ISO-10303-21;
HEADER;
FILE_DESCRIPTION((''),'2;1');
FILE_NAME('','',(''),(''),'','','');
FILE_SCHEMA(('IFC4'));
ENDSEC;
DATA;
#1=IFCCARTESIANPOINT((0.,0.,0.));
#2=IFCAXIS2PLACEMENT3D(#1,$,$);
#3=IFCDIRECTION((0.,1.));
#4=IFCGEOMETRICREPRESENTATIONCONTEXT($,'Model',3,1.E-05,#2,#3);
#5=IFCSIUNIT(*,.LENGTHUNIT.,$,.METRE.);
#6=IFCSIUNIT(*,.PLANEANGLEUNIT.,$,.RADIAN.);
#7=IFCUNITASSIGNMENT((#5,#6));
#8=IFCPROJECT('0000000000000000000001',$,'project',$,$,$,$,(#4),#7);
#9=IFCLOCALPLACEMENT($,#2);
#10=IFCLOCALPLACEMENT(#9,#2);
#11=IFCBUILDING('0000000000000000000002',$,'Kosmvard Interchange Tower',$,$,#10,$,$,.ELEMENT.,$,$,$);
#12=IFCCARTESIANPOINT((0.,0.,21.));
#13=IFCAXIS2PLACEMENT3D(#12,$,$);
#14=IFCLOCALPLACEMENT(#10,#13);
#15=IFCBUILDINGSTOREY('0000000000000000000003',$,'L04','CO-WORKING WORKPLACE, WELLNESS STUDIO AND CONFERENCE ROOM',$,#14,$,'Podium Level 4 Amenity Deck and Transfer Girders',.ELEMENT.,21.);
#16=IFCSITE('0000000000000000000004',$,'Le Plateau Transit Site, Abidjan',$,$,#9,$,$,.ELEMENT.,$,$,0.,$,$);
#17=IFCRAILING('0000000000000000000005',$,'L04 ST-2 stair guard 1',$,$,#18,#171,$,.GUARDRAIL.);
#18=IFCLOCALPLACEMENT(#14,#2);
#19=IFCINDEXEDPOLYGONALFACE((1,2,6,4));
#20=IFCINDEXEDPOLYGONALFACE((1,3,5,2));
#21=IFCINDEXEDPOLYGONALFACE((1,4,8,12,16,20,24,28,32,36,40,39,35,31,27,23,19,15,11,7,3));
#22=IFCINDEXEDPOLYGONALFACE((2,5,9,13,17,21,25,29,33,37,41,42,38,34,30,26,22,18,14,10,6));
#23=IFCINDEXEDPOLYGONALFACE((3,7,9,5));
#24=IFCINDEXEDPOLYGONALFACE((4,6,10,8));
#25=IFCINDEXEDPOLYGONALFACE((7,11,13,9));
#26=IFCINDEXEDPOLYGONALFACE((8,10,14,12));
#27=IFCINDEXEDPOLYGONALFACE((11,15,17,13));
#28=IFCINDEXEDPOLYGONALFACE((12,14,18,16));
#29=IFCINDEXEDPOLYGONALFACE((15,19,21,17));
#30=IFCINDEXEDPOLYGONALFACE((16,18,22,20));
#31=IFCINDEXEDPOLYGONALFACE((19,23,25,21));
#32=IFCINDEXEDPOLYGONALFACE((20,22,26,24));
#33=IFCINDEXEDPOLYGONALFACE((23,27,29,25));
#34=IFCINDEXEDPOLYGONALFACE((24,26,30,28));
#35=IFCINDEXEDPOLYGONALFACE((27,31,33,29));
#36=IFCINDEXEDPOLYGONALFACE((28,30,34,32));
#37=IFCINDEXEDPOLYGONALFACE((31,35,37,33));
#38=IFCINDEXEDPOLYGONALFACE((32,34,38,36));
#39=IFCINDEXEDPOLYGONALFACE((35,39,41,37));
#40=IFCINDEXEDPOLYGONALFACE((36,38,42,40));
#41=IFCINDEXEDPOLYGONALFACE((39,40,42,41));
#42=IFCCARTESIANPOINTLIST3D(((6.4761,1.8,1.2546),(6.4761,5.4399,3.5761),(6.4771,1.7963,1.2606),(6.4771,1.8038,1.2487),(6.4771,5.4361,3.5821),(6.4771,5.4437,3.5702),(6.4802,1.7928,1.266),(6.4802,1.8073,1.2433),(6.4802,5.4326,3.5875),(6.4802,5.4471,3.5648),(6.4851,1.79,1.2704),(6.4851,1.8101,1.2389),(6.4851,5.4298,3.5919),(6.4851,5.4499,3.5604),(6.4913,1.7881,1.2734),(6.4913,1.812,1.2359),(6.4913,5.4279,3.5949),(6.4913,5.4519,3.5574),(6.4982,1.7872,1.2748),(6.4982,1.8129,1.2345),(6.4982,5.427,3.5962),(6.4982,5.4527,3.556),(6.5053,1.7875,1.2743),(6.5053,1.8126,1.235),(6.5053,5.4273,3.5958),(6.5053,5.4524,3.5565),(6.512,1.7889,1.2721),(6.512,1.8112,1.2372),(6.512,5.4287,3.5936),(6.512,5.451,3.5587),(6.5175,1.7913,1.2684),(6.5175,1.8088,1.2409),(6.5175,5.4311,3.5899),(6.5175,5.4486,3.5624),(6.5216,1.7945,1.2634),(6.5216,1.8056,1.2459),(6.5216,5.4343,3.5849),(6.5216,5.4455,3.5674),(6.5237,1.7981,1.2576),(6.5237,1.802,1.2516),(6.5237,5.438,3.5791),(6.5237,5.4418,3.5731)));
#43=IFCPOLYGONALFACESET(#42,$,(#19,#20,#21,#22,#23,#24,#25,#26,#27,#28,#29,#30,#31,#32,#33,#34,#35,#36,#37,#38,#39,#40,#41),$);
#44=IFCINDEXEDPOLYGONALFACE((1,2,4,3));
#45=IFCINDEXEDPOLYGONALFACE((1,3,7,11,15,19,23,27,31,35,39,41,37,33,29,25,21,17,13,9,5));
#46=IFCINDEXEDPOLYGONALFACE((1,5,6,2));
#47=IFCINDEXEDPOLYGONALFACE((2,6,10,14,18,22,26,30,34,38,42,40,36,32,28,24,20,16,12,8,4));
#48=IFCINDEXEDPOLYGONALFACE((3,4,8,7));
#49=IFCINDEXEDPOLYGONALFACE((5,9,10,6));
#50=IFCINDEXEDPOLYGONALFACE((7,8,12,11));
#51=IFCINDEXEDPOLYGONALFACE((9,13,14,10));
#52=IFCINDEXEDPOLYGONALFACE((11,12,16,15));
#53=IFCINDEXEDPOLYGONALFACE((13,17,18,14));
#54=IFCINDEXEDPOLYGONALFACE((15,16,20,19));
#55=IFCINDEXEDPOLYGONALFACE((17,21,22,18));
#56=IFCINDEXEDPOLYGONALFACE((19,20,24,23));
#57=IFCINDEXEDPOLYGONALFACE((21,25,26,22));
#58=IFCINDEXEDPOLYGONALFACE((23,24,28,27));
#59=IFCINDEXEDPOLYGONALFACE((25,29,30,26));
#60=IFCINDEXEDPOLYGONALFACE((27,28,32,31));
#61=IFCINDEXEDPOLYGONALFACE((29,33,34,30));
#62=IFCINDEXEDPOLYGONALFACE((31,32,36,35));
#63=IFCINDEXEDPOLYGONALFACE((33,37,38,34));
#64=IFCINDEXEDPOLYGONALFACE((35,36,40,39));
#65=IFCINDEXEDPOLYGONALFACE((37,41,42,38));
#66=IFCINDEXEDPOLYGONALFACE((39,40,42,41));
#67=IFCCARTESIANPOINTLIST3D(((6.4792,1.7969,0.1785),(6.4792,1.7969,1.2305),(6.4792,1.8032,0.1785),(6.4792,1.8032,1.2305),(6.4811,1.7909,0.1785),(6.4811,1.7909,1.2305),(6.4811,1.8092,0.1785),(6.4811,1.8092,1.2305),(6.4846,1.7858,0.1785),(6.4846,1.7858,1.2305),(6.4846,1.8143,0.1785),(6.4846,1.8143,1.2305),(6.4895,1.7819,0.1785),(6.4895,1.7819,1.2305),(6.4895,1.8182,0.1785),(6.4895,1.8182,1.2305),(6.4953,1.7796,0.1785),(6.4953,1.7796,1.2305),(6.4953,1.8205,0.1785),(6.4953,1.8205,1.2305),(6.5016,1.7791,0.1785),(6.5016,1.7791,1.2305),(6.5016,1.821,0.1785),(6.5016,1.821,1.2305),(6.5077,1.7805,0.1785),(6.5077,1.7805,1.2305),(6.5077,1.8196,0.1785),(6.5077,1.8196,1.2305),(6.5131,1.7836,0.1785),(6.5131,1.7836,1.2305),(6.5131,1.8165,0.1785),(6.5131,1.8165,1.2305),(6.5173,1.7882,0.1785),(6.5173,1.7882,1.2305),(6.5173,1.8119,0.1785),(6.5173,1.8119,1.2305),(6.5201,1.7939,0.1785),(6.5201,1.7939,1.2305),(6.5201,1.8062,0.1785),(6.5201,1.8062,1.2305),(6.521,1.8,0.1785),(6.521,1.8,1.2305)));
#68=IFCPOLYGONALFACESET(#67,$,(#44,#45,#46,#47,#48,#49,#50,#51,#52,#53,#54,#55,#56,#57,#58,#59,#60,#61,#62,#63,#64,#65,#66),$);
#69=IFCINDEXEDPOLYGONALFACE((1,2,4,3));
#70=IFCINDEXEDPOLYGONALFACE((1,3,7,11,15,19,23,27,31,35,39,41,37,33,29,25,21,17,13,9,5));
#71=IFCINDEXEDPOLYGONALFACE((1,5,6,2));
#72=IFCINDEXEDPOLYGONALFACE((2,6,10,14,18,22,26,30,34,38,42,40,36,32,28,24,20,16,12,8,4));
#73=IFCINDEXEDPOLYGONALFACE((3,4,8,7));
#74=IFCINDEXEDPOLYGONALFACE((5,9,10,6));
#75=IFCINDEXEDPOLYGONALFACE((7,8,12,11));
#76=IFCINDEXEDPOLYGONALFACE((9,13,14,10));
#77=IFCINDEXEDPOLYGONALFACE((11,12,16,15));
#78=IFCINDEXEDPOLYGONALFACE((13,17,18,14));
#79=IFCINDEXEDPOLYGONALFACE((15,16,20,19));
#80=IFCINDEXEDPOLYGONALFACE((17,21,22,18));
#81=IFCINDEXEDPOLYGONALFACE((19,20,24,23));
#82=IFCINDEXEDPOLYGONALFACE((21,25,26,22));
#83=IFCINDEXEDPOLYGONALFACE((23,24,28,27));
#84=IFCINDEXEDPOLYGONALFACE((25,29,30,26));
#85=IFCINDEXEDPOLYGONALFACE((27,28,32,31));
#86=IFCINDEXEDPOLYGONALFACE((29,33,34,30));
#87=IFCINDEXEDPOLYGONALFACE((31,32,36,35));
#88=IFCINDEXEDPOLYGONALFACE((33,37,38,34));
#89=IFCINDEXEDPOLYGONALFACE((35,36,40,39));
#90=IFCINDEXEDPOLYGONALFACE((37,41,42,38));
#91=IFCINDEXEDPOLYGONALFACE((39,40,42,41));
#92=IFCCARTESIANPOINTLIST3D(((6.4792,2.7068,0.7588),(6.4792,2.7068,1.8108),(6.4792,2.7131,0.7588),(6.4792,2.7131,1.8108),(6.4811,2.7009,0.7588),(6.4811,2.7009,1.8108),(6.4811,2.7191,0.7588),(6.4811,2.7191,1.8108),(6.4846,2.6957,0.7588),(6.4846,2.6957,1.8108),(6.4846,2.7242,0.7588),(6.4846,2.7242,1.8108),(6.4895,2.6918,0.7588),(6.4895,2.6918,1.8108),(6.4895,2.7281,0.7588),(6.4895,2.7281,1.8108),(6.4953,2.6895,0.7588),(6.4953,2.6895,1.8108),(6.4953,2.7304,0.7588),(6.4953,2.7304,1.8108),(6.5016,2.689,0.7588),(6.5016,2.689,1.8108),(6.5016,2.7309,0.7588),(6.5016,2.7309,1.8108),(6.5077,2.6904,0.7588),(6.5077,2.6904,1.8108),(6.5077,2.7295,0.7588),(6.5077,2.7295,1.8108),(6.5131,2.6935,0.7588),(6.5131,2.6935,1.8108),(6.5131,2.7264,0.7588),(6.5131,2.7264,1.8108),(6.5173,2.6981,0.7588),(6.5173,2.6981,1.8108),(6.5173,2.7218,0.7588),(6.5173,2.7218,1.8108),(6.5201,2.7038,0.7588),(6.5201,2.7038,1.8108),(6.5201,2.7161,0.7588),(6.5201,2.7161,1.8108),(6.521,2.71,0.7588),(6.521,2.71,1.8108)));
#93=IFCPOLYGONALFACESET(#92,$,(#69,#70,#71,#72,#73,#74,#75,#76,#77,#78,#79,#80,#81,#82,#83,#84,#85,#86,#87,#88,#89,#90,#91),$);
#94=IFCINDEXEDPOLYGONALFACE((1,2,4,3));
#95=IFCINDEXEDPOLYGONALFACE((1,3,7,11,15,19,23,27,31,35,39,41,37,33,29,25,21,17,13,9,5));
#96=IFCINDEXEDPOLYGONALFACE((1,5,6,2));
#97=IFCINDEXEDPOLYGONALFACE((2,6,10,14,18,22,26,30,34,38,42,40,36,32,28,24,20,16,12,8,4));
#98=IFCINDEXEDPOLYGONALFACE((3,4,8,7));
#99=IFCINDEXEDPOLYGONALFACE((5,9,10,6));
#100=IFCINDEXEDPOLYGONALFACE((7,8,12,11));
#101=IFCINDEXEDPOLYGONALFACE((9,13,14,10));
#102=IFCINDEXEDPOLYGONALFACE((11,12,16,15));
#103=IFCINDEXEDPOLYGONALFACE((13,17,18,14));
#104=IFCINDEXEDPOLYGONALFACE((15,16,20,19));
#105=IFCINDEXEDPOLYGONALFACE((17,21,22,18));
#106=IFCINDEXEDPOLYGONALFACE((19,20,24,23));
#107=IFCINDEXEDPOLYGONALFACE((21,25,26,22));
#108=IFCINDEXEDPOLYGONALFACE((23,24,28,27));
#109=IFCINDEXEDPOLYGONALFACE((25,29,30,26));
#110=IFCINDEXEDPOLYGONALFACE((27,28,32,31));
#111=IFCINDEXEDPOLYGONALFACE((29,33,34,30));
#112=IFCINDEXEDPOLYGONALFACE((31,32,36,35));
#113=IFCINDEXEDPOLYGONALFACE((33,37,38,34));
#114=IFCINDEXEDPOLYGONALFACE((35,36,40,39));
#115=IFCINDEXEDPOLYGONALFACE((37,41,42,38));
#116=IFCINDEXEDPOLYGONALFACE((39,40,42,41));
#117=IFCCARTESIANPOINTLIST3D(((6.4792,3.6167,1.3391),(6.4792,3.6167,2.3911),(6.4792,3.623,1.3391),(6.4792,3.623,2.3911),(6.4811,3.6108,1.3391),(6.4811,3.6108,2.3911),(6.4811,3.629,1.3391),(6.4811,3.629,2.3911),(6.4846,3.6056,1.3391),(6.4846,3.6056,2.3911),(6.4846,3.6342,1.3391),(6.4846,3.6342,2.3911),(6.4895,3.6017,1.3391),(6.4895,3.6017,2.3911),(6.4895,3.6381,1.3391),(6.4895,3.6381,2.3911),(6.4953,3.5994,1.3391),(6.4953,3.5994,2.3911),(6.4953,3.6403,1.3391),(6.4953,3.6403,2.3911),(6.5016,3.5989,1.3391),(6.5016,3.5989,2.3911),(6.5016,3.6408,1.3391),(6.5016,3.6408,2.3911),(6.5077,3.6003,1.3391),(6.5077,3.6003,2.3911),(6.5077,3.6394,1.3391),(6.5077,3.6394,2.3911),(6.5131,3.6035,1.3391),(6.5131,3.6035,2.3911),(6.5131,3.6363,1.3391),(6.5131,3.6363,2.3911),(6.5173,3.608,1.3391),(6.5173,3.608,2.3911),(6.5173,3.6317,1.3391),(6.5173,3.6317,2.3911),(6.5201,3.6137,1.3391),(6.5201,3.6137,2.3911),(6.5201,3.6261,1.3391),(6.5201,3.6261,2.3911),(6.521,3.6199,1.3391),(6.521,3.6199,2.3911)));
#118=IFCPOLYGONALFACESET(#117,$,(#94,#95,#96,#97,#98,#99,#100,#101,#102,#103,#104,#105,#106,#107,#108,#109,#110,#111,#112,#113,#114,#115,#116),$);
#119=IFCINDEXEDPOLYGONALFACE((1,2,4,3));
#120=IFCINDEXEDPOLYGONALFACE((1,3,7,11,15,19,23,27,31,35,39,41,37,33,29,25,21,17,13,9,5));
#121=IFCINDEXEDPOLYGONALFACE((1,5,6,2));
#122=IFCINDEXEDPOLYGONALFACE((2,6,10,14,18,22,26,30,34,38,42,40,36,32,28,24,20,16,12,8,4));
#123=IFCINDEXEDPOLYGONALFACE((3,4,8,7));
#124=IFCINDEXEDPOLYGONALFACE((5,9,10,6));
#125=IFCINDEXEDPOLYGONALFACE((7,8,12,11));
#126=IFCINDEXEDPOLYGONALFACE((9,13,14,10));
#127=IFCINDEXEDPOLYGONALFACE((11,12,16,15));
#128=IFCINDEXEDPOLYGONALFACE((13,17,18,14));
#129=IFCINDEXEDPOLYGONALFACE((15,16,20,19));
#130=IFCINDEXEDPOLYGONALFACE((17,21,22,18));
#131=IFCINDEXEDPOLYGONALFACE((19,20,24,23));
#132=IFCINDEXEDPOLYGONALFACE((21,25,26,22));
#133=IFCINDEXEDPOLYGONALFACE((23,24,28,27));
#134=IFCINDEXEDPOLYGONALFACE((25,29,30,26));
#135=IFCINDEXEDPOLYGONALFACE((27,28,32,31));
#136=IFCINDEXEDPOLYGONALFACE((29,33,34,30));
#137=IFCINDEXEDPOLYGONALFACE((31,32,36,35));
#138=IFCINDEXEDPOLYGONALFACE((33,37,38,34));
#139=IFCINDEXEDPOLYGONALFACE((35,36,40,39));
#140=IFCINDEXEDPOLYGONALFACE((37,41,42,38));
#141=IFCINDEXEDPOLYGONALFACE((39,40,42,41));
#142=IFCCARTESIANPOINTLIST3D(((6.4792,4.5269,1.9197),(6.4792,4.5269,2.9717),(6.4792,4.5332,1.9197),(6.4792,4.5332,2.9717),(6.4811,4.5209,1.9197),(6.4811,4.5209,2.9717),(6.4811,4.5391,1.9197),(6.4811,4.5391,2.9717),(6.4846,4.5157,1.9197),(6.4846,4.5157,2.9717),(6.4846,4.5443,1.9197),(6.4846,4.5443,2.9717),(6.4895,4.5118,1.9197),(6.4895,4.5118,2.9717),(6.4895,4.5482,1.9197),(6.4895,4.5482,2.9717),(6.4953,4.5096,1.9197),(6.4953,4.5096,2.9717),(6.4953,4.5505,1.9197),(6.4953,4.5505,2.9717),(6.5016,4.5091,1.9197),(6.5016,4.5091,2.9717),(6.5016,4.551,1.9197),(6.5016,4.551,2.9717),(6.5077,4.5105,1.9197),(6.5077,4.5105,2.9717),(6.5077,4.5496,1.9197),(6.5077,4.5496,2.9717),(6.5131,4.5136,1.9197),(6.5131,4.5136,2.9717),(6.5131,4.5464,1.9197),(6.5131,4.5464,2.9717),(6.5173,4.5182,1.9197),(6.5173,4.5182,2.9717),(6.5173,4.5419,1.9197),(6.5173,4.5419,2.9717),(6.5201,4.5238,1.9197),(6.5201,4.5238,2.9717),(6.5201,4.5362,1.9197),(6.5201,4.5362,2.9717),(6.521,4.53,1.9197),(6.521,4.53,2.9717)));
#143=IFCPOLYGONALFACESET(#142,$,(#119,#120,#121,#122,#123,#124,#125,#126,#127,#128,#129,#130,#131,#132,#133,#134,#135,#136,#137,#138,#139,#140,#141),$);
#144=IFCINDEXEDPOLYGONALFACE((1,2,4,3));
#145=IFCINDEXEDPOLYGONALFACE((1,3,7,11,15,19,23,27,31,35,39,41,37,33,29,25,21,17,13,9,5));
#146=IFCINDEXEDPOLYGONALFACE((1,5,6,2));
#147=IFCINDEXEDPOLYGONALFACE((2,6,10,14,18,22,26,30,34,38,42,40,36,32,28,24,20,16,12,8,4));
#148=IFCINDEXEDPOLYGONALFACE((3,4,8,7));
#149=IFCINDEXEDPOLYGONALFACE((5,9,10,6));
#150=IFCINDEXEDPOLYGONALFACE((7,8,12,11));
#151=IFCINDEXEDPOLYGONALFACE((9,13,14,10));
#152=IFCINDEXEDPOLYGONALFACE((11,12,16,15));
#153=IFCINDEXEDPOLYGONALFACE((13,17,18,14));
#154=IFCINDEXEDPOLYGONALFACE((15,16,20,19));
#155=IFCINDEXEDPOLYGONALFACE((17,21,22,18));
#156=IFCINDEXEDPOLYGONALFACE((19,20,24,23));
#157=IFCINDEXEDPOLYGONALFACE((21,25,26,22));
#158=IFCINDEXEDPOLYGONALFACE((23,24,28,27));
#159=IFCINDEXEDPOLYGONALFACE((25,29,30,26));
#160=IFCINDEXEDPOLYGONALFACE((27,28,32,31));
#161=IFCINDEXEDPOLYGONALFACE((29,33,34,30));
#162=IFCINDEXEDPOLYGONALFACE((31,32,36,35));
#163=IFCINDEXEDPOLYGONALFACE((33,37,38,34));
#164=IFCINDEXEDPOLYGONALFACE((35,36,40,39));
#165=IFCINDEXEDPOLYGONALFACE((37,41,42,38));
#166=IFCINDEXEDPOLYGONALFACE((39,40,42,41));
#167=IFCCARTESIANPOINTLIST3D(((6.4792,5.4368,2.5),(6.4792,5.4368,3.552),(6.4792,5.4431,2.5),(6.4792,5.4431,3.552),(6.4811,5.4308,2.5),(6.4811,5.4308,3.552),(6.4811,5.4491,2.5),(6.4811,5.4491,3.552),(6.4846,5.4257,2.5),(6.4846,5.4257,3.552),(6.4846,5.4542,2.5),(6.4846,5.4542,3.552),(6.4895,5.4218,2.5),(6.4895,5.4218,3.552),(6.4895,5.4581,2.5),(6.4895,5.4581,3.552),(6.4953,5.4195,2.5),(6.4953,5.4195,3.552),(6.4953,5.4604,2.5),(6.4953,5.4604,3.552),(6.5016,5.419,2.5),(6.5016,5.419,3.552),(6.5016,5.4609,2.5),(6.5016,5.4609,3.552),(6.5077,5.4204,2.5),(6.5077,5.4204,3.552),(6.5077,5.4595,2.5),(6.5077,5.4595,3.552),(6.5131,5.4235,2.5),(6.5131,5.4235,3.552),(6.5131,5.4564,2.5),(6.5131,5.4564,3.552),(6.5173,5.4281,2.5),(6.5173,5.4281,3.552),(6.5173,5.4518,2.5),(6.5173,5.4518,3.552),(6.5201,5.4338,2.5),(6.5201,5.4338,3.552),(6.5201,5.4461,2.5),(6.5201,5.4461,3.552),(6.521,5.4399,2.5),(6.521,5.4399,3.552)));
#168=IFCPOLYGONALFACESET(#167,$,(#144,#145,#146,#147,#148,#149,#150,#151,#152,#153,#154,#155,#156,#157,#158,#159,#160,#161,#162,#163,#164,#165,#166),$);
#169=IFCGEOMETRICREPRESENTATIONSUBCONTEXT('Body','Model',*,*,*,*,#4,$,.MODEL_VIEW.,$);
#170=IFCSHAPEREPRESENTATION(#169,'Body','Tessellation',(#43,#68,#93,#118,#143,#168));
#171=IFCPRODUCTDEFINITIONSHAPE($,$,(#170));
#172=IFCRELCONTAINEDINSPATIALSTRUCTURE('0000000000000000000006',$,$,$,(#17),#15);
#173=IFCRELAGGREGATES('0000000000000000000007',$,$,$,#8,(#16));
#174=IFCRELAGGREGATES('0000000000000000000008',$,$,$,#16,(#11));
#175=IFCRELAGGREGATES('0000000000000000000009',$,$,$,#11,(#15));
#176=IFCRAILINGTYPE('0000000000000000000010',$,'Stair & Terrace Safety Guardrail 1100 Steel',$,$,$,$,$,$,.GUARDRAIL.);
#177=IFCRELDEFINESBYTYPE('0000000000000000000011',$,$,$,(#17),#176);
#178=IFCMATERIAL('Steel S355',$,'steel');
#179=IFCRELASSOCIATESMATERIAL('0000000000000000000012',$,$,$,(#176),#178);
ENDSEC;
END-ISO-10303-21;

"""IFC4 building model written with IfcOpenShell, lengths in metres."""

from ifc_helpers import new_model, si_unit, direction, frame, origin, origin_2d, place, context, subcontext, project, spatial, circle, extrude, source, transform, mapped, material, type_object, element, save


model = new_model("IFC4")

# Units and contexts
model_context = context("Model", 3, precision=1e-05, world=origin(), true_north=direction((0.0, 1.0)))
body_context = subcontext(model_context, "Body", "Model", "MODEL_VIEW")
ifc_project = project(units=[si_unit("LENGTHUNIT", "METRE"), si_unit("PLANEANGLEUNIT", "RADIAN")], contexts=[model_context])

# Site, building, storey
site_placement = place(None, origin())
site = spatial("IfcSite", under=ifc_project, at=site_placement, Name="Le Plateau Transit Site, Abidjan", CompositionType="ELEMENT", RefElevation=0.0)
building_placement = place(site_placement, origin())
building = spatial("IfcBuilding", under=site, at=building_placement, Name="Kosmvard Interchange Tower", CompositionType="ELEMENT")
storey_placement = place(building_placement, frame((0.0, 0.0, 21.0)))
storey = spatial("IfcBuildingStorey", under=building, at=storey_placement, Name="L04", Description="CO-WORKING WORKPLACE, WELLNESS STUDIO AND CONFERENCE ROOM", LongName="Podium Level 4 Amenity Deck and Transfer Girders", CompositionType="ELEMENT", Elevation=21.0)

# Shared definitions
ifc_material_1 = material(Name="Steel S355", Category="steel")

# Railing
railing_type_1 = type_object("IfcRailingType", Name="Stair & Terrace Safety Guardrail 1100 Steel", PredefinedType="GUARDRAIL", material=ifc_material_1)
shared_shape_1 = source(origin(), body_context, "Body", "SweptSolid", [
    extrude(circle(Radius=0.0239, at=origin_2d()), frame((0.0, 0.0, 1.0762), z_axis=(0.0, 0.843112, 0.537739), x_axis=(-1.0, 0.0, 0.0)), (0.0, 0.0, 1.0), 4.3171),
    extrude(circle(Radius=0.021, at=origin_2d()), origin(), (0.0, 0.0, 1.0), 1.052),
    extrude(circle(Radius=0.021, at=origin_2d()), frame((0.0, 0.9099, 0.5803)), (0.0, 0.0, 1.0), 1.052),
    extrude(circle(Radius=0.021, at=origin_2d()), frame((0.0, 1.8198, 1.1606)), (0.0, 0.0, 1.0), 1.052),
    extrude(circle(Radius=0.021, at=origin_2d()), frame((0.0, 2.73, 1.7412)), (0.0, 0.0, 1.0), 1.052),
    extrude(circle(Radius=0.021, at=origin_2d()), frame((0.0, 3.6399, 2.3215)), (0.0, 0.0, 1.0), 1.052),
])
railing_1_placement = place(storey_placement, frame((6.5, 1.8, 0.1785)))
element("IfcRailing", 1, at=railing_1_placement, inside=storey, type_object=railing_type_1, Name="L04 ST-2 stair guard 1", PredefinedType="GUARDRAIL", context=body_context, shape_type="MappedRepresentation", body=[
    mapped(shared_shape_1, transform((0.0, 0.0, 0.0), scale=1.0)),
])

save(model, "model.ifc")
